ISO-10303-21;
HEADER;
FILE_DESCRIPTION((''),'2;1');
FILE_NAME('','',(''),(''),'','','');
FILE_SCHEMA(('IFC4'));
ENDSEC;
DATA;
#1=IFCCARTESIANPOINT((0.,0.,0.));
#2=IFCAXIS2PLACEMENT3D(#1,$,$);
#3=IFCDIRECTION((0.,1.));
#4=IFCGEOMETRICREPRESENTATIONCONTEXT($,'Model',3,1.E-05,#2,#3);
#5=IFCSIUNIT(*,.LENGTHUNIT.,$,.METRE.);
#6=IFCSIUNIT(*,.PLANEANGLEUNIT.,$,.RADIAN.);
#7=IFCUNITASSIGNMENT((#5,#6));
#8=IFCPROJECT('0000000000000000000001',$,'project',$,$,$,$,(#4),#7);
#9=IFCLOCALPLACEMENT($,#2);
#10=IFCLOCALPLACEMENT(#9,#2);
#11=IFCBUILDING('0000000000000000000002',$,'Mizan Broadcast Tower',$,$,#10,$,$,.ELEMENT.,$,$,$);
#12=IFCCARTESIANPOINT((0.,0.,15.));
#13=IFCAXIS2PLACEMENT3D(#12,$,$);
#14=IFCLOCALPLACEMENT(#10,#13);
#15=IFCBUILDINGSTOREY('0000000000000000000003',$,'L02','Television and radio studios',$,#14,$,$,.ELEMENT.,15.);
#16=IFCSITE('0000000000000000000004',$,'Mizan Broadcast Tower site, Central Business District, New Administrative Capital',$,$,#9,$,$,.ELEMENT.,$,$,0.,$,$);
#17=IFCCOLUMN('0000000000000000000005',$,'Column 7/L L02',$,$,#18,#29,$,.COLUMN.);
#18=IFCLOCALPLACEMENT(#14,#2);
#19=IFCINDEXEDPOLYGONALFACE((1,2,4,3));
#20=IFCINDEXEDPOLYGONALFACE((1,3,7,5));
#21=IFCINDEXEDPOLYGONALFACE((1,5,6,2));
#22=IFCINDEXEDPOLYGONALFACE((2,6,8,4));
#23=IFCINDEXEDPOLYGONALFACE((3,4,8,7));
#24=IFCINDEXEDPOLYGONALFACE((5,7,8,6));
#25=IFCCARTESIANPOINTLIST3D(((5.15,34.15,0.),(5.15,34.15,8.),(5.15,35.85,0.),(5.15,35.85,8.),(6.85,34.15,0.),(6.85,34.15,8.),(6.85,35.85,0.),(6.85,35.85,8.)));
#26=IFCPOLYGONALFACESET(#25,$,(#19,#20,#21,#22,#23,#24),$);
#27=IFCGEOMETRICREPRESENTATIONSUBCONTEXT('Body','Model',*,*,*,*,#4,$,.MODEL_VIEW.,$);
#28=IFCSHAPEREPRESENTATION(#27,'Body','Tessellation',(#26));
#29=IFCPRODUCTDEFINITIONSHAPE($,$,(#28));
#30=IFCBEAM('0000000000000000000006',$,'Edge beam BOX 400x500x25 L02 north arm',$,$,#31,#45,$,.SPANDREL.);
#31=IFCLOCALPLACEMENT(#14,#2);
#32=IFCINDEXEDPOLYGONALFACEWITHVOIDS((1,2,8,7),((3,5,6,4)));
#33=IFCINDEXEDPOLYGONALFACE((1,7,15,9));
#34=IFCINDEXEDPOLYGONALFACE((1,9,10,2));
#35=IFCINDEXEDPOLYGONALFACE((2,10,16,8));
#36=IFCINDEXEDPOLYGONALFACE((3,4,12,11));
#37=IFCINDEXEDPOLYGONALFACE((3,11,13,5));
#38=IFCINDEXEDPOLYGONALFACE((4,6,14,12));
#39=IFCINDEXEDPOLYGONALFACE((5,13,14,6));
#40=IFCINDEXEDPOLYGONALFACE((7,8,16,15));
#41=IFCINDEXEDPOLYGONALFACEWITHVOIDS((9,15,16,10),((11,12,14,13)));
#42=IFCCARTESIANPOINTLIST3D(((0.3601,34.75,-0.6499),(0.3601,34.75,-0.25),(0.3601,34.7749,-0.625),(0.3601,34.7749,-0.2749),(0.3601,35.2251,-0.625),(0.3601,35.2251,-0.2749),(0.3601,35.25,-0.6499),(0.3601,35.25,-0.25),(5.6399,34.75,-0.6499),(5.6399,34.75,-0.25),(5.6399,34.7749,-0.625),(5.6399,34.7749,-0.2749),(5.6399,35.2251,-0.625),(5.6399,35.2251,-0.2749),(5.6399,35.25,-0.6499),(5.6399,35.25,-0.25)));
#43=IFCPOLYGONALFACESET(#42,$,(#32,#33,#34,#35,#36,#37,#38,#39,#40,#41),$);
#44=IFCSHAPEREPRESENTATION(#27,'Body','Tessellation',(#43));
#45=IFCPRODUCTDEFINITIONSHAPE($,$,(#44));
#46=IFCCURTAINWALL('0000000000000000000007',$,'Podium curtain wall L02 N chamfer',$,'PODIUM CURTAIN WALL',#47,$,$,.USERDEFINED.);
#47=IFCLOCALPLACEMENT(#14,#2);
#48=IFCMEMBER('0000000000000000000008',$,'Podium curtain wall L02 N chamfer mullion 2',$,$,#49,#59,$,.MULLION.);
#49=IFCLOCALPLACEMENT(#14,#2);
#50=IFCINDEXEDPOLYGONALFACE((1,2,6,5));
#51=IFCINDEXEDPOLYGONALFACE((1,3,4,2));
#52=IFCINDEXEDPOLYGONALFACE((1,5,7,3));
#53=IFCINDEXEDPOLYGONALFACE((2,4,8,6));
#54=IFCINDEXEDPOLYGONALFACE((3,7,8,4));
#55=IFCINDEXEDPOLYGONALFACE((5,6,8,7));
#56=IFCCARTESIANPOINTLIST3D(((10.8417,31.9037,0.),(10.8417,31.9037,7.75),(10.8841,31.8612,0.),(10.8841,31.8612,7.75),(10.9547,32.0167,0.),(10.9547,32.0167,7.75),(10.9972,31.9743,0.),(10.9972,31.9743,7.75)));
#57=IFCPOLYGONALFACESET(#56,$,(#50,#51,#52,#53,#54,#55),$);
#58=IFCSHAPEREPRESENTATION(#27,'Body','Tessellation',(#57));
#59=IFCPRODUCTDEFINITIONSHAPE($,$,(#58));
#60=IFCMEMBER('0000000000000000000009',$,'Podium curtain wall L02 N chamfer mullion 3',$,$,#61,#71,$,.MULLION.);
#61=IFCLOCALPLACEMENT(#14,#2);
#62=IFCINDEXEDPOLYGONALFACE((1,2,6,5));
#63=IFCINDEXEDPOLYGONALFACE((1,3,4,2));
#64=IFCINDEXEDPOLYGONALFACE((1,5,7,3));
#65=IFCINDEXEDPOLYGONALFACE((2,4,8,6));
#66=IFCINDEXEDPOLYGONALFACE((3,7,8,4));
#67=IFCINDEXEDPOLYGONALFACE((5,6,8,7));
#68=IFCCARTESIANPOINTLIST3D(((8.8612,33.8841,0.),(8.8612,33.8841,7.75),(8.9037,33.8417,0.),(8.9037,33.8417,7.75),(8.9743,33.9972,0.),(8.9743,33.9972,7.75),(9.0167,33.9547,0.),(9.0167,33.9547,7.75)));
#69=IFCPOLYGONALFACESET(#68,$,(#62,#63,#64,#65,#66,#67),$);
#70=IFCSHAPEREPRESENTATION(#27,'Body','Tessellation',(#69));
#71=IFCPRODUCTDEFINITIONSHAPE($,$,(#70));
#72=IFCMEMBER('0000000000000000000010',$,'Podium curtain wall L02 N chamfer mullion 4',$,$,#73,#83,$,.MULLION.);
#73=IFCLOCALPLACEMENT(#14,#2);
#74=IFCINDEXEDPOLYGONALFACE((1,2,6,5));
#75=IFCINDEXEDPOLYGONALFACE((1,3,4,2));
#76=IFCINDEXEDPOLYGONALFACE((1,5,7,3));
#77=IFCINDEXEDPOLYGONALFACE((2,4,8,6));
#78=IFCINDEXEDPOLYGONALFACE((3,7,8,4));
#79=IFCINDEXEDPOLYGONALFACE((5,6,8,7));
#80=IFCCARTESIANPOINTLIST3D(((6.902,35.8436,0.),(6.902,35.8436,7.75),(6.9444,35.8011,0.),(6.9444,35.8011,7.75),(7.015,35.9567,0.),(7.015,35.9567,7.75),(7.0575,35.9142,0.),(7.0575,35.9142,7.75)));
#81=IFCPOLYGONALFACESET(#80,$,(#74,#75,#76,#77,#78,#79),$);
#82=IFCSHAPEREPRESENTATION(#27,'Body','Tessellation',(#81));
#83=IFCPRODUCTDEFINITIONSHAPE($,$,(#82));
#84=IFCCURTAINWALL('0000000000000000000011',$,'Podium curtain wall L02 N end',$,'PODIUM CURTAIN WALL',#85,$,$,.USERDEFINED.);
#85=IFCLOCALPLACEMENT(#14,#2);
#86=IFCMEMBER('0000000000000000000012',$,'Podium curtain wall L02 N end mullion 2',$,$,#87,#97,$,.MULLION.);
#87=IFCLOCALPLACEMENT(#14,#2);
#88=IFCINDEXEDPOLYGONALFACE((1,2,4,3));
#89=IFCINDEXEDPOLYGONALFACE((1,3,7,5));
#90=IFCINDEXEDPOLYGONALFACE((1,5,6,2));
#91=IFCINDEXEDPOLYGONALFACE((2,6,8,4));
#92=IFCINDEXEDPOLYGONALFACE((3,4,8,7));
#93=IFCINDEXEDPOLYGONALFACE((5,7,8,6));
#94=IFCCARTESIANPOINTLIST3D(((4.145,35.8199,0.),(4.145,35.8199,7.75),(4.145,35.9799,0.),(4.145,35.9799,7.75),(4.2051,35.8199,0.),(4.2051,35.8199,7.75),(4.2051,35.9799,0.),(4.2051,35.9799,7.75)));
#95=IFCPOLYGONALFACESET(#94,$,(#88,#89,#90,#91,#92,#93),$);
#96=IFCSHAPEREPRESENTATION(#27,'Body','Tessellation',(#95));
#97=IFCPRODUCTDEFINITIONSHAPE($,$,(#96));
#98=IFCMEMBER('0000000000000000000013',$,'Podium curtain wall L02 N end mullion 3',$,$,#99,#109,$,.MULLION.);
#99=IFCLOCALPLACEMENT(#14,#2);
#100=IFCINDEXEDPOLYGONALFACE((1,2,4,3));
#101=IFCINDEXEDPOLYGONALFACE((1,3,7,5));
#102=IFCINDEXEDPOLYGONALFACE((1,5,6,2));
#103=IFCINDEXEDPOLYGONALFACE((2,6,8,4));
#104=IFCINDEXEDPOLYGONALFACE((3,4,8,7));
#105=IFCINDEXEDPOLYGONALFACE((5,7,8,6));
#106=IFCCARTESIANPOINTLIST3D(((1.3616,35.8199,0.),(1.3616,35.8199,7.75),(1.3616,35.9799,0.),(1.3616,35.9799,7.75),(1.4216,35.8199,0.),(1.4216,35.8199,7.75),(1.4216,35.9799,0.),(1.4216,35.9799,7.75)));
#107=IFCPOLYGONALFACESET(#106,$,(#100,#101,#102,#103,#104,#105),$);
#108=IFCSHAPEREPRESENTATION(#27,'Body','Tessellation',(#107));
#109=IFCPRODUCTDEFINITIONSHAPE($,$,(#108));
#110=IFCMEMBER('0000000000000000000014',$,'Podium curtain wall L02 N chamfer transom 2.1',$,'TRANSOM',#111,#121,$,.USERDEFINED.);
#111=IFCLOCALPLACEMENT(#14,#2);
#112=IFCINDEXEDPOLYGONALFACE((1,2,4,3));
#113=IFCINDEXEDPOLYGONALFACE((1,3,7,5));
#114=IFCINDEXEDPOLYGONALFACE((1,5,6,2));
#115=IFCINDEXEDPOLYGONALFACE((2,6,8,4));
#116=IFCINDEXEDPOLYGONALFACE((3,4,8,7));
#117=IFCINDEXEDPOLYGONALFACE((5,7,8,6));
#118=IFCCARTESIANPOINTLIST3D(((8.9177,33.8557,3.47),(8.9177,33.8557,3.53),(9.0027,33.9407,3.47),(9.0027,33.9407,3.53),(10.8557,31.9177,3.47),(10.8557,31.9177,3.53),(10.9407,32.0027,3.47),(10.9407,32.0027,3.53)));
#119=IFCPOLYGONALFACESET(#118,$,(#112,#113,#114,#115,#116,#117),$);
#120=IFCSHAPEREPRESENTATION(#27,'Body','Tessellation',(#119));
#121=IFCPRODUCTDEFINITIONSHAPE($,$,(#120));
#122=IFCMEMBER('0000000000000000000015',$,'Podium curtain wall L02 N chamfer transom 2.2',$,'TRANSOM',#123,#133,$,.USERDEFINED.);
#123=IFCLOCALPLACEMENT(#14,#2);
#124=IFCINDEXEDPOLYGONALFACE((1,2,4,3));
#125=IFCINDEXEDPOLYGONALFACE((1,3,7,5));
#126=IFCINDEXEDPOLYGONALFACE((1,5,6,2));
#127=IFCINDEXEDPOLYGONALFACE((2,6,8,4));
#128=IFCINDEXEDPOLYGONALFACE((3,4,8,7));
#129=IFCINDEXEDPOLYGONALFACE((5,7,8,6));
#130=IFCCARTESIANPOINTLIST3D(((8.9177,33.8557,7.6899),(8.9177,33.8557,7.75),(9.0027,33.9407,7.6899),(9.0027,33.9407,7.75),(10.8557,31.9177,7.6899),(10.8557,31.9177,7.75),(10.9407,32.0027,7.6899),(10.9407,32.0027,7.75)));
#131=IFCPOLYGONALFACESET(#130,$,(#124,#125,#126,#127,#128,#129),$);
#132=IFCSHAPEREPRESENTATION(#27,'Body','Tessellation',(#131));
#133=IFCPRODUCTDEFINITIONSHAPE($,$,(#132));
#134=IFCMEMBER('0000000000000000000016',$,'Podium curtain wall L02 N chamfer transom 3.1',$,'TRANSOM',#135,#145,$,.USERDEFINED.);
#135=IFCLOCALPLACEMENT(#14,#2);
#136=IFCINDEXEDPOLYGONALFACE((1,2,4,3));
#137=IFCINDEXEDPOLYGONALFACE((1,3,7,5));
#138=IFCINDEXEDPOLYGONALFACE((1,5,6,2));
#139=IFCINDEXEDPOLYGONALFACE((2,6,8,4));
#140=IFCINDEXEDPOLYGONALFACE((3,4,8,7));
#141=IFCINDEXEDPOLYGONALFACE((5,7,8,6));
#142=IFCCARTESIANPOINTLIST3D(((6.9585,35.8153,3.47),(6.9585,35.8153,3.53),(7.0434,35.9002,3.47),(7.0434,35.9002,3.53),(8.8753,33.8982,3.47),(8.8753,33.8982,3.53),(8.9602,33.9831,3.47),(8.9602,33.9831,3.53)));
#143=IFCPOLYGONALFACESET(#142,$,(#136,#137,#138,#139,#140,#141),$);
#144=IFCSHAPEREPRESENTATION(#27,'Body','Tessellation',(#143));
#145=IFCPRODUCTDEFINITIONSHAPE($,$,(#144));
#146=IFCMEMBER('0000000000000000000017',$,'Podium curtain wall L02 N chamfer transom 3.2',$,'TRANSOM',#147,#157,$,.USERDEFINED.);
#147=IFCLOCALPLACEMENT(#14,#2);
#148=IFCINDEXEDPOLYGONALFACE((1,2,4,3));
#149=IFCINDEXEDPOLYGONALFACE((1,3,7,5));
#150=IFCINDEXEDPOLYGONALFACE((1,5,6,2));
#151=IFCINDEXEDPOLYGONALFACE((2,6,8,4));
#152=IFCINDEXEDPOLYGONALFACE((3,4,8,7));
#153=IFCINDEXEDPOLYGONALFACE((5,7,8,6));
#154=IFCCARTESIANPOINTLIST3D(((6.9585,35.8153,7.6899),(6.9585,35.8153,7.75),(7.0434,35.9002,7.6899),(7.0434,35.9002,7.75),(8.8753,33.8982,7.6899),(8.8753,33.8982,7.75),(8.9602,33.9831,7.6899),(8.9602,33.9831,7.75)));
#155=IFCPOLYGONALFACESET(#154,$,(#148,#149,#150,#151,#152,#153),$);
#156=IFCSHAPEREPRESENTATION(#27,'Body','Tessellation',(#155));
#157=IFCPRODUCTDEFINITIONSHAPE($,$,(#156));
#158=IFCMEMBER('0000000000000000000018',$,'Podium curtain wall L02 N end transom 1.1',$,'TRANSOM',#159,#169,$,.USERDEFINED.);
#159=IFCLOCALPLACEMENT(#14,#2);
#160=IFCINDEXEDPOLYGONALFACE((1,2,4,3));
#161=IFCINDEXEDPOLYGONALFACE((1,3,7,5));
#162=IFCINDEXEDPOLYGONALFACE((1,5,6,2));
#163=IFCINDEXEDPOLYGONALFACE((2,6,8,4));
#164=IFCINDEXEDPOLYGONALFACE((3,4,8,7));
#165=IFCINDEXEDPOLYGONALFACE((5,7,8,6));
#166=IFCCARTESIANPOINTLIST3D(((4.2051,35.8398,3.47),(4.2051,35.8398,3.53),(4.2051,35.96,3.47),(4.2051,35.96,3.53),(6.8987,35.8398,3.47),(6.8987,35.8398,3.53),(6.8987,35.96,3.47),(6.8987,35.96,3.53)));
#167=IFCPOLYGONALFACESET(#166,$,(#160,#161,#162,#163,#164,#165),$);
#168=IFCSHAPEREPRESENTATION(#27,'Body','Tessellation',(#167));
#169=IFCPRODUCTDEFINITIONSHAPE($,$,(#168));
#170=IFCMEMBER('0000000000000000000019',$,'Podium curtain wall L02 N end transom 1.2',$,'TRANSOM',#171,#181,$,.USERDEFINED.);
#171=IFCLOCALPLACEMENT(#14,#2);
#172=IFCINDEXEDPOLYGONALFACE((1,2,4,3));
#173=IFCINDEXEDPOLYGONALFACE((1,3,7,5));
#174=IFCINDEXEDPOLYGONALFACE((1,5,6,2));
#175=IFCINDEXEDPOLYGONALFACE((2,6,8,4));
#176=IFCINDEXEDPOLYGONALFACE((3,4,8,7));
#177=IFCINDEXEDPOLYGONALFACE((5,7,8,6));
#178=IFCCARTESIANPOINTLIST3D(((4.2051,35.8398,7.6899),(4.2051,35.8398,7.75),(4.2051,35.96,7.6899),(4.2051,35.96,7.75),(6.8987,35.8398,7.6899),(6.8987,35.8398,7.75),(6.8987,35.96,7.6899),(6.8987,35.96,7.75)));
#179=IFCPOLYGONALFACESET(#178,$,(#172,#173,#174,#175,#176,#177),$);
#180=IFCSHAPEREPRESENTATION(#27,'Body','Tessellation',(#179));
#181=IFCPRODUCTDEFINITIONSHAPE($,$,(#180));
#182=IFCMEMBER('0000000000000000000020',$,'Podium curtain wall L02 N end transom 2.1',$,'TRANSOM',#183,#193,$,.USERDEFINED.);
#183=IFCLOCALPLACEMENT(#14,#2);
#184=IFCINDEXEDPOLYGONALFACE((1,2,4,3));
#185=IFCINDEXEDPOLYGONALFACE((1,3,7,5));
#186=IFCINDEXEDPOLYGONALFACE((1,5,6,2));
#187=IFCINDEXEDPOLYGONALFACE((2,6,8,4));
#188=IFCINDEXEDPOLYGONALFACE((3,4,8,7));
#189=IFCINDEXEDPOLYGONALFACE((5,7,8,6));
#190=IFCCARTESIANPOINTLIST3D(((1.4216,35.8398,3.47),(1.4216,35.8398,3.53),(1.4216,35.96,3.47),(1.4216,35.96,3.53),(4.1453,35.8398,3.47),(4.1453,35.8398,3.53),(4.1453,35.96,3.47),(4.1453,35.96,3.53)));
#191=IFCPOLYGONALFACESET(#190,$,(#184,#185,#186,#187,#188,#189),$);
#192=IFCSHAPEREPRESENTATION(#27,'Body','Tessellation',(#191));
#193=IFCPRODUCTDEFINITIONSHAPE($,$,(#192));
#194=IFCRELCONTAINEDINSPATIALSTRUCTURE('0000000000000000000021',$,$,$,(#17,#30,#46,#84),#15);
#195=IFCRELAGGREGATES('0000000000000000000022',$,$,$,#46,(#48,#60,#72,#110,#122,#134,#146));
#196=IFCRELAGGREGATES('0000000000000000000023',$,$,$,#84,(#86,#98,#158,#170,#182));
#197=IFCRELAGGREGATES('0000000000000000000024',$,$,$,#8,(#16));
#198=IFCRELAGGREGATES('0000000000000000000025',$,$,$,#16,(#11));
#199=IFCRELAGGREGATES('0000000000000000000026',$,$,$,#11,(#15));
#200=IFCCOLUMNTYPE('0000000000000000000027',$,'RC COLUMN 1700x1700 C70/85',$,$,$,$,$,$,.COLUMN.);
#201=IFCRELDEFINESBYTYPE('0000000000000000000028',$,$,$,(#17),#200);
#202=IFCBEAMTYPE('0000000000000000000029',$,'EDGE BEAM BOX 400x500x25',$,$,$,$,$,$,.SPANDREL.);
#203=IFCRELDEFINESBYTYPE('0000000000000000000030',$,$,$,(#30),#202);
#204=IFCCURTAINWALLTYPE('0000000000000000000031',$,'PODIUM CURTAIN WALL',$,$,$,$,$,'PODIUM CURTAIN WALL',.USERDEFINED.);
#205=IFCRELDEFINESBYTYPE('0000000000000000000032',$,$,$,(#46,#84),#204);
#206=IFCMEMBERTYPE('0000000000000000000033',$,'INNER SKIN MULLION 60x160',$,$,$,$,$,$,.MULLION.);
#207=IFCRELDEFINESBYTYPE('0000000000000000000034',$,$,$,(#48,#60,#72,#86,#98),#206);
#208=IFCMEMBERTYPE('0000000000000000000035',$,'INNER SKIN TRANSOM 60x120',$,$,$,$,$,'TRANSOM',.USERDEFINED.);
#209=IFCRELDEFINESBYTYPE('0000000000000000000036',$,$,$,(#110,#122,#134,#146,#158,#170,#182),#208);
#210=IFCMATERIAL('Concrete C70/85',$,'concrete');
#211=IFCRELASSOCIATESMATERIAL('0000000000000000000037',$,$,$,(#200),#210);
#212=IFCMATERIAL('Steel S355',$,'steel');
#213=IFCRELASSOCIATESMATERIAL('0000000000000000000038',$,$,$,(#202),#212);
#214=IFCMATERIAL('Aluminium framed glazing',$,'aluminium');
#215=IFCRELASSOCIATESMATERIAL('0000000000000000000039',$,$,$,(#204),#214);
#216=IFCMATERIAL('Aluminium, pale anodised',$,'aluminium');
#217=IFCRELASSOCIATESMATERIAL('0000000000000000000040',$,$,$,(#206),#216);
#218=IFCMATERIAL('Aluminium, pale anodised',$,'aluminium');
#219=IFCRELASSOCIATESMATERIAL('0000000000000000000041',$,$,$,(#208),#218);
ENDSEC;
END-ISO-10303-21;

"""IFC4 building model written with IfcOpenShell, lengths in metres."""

from ifc_helpers import new_model, si_unit, direction, frame, origin, origin_2d, place, context, subcontext, project, spatial, rectangle, hollow_rectangle, extrude, material, material_profile, profile_set, type_object, element, aggregate, save


model = new_model("IFC4")

# Units and contexts
model_context = context("Model", 3, precision=1e-05, world=origin(), true_north=direction((0.0, 1.0)))
body_context = subcontext(model_context, "Body", "Model", "MODEL_VIEW")
ifc_project = project(units=[si_unit("LENGTHUNIT", "METRE"), si_unit("PLANEANGLEUNIT", "RADIAN")], contexts=[model_context])

# Site, building, storey
site_placement = place(None, origin())
site = spatial("IfcSite", under=ifc_project, at=site_placement, Name="Mizan Broadcast Tower site, Central Business District, New Administrative Capital", CompositionType="ELEMENT", RefElevation=0.0)
building_placement = place(site_placement, origin())
building = spatial("IfcBuilding", under=site, at=building_placement, Name="Mizan Broadcast Tower", CompositionType="ELEMENT")
storey_placement = place(building_placement, frame((0.0, 0.0, 15.0)))
storey = spatial("IfcBuildingStorey", under=building, at=storey_placement, Name="L02", Description="Television and radio studios", CompositionType="ELEMENT", Elevation=15.0)

# Column
ifc_material_1 = material(Name="Concrete C70/85", Category="concrete")
ifc_material_profile_1 = material_profile(ifc_material_1, rectangle(XDim=1.7, YDim=1.7, at=origin_2d()), Name="RC 1700x1700")
ifc_profile_set_1 = profile_set([ifc_material_profile_1], Name="Concrete C70/85")
column_type = type_object("IfcColumnType", Name="RC COLUMN 1700x1700 C70/85", PredefinedType="COLUMN", material=ifc_profile_set_1)
column_placement = place(storey_placement, frame((6.0, 35.0, 0.0), z_axis=(0.0, 0.0, 1.0), x_axis=(1.0, 0.0, 0.0)))
element("IfcColumn", 1, at=column_placement, inside=storey, type_object=column_type, Name="Column 7/L L02", PredefinedType="COLUMN", context=body_context, shape_type="SweptSolid", body=[
    extrude(rectangle(XDim=1.7, YDim=1.7, at=origin_2d()), origin(), (0.0, 0.0, 1.0), 8.0),
])

# Beam
ifc_material_2 = material(Name="Steel S355", Category="steel")
ifc_material_profile_2 = material_profile(ifc_material_2, hollow_rectangle(XDim=0.5, YDim=0.3999, WallThickness=0.0249, at=origin_2d()), Name="BOX 400x500x25")
ifc_profile_set_2 = profile_set([ifc_material_profile_2], Name="Steel S355")
beam_type = type_object("IfcBeamType", Name="EDGE BEAM BOX 400x500x25", PredefinedType="SPANDREL", material=ifc_profile_set_2)
beam_placement = place(storey_placement, frame((5.6399, 35.0, -0.45), z_axis=(-1.0, 0.0, 0.0), x_axis=(0.0, -1.0, 0.0)))
element("IfcBeam", 2, at=beam_placement, inside=storey, type_object=beam_type, Name="Edge beam BOX 400x500x25 L02 north arm", PredefinedType="SPANDREL", context=body_context, shape_type="SweptSolid", body=[
    extrude(hollow_rectangle(XDim=0.5, YDim=0.3999, WallThickness=0.0249, at=origin_2d()), origin(), (0.0, 0.0, 1.0), 5.2798),
])

# Curtain walls, members
ifc_material_3 = material(Name="Aluminium framed glazing", Category="aluminium")
curtain_wall_type_1 = type_object("IfcCurtainWallType", Name="PODIUM CURTAIN WALL", ElementType="PODIUM CURTAIN WALL", PredefinedType="USERDEFINED", material=ifc_material_3)
curtain_wall_1_placement = place(storey_placement, origin())
curtain_wall_1 = element("IfcCurtainWall", 3, at=curtain_wall_1_placement, inside=storey, type_object=curtain_wall_type_1, Name="Podium curtain wall L02 N chamfer", ObjectType="PODIUM CURTAIN WALL", PredefinedType="USERDEFINED")
ifc_material_4 = material(Name="Aluminium, pale anodised", Category="aluminium")
ifc_material_profile_3 = material_profile(ifc_material_4, rectangle(XDim=0.1599, YDim=0.0601, at=origin_2d()), Name="MULLION 160x60")
ifc_profile_set_3 = profile_set([ifc_material_profile_3], Name="Aluminium, pale anodised")
member_type_1 = type_object("IfcMemberType", Name="INNER SKIN MULLION 60x160", PredefinedType="MULLION", material=ifc_profile_set_3)
member_1_placement = place(storey_placement, frame((10.9194, 31.939, 0.0), z_axis=(0.0, 0.0, 1.0), x_axis=(-0.707107, -0.707107, 0.0)))
member_1 = element("IfcMember", 4, at=member_1_placement, type_object=member_type_1, Name="Podium curtain wall L02 N chamfer mullion 2", PredefinedType="MULLION", context=body_context, shape_type="SweptSolid", body=[
    extrude(rectangle(XDim=0.1599, YDim=0.0601, at=origin_2d()), origin(), (0.0, 0.0, 1.0), 7.75),
])
member_2_placement = place(storey_placement, frame((8.939, 33.9194, 0.0), z_axis=(0.0, 0.0, 1.0), x_axis=(-0.707107, -0.707107, 0.0)))
member_2 = element("IfcMember", 5, at=member_2_placement, type_object=member_type_1, Name="Podium curtain wall L02 N chamfer mullion 3", PredefinedType="MULLION", context=body_context, shape_type="SweptSolid", body=[
    extrude(rectangle(XDim=0.1599, YDim=0.0601, at=origin_2d()), origin(), (0.0, 0.0, 1.0), 7.75),
])
member_3_placement = place(storey_placement, frame((6.9797, 35.8789, 0.0), z_axis=(0.0, 0.0, 1.0), x_axis=(-0.707107, -0.707107, 0.0)))
member_3 = element("IfcMember", 6, at=member_3_placement, type_object=member_type_1, Name="Podium curtain wall L02 N chamfer mullion 4", PredefinedType="MULLION", context=body_context, shape_type="SweptSolid", body=[
    extrude(rectangle(XDim=0.1599, YDim=0.0601, at=origin_2d()), origin(), (0.0, 0.0, 1.0), 7.75),
])
curtain_wall_2_placement = place(storey_placement, origin())
curtain_wall_2 = element("IfcCurtainWall", 7, at=curtain_wall_2_placement, inside=storey, type_object=curtain_wall_type_1, Name="Podium curtain wall L02 N end", ObjectType="PODIUM CURTAIN WALL", PredefinedType="USERDEFINED")
member_4_placement = place(storey_placement, frame((4.175, 35.8999, 0.0), z_axis=(0.0, 0.0, 1.0), x_axis=(0.0, -1.0, 0.0)))
member_4 = element("IfcMember", 8, at=member_4_placement, type_object=member_type_1, Name="Podium curtain wall L02 N end mullion 2", PredefinedType="MULLION", context=body_context, shape_type="SweptSolid", body=[
    extrude(rectangle(XDim=0.1599, YDim=0.0601, at=origin_2d()), origin(), (0.0, 0.0, 1.0), 7.75),
])
member_5_placement = place(storey_placement, frame((1.3916, 35.8999, 0.0), z_axis=(0.0, 0.0, 1.0), x_axis=(0.0, -1.0, 0.0)))
member_5 = element("IfcMember", 9, at=member_5_placement, type_object=member_type_1, Name="Podium curtain wall L02 N end mullion 3", PredefinedType="MULLION", context=body_context, shape_type="SweptSolid", body=[
    extrude(rectangle(XDim=0.1599, YDim=0.0601, at=origin_2d()), origin(), (0.0, 0.0, 1.0), 7.75),
])

# Members
ifc_material_5 = material(Name="Aluminium, pale anodised", Category="aluminium")
ifc_material_profile_4 = material_profile(ifc_material_5, rectangle(XDim=0.1201, YDim=0.0601, at=origin_2d()), Name="TRANSOM 120x60")
ifc_profile_set_4 = profile_set([ifc_material_profile_4], Name="Aluminium, pale anodised")
member_type_2 = type_object("IfcMemberType", Name="INNER SKIN TRANSOM 60x120", ElementType="TRANSOM", PredefinedType="USERDEFINED", material=ifc_profile_set_4)
member_6_placement = place(storey_placement, frame((10.8982, 31.9602, 3.5), z_axis=(-0.707107, 0.707107, 0.0), x_axis=(-0.707107, -0.707107, 0.0)))
member_6 = element("IfcMember", 10, at=member_6_placement, type_object=member_type_2, Name="Podium curtain wall L02 N chamfer transom 2.1", ObjectType="TRANSOM", PredefinedType="USERDEFINED", context=body_context, shape_type="SweptSolid", body=[
    extrude(rectangle(XDim=0.1201, YDim=0.0601, at=origin_2d()), origin(), (0.0, 0.0, 1.0), 2.7407),
])
member_7_placement = place(storey_placement, frame((10.8982, 31.9602, 7.72), z_axis=(-0.707107, 0.707107, 0.0), x_axis=(-0.707107, -0.707107, 0.0)))
member_7 = element("IfcMember", 11, at=member_7_placement, type_object=member_type_2, Name="Podium curtain wall L02 N chamfer transom 2.2", ObjectType="TRANSOM", PredefinedType="USERDEFINED", context=body_context, shape_type="SweptSolid", body=[
    extrude(rectangle(XDim=0.1201, YDim=0.0601, at=origin_2d()), origin(), (0.0, 0.0, 1.0), 2.7407),
])
member_8_placement = place(storey_placement, frame((8.9177, 33.9407, 3.5), z_axis=(-0.707062, 0.707152, 0.0), x_axis=(-0.707152, -0.707062, 0.0)))
member_8 = element("IfcMember", 12, at=member_8_placement, type_object=member_type_2, Name="Podium curtain wall L02 N chamfer transom 3.1", ObjectType="TRANSOM", PredefinedType="USERDEFINED", context=body_context, shape_type="SweptSolid", body=[
    extrude(rectangle(XDim=0.1201, YDim=0.0601, at=origin_2d()), origin(), (0.0, 0.0, 1.0), 2.7109),
])
member_9_placement = place(storey_placement, frame((8.9177, 33.9407, 7.72), z_axis=(-0.707062, 0.707152, 0.0), x_axis=(-0.707152, -0.707062, 0.0)))
member_9 = element("IfcMember", 13, at=member_9_placement, type_object=member_type_2, Name="Podium curtain wall L02 N chamfer transom 3.2", ObjectType="TRANSOM", PredefinedType="USERDEFINED", context=body_context, shape_type="SweptSolid", body=[
    extrude(rectangle(XDim=0.1201, YDim=0.0601, at=origin_2d()), origin(), (0.0, 0.0, 1.0), 2.7109),
])
member_10_placement = place(storey_placement, frame((6.8987, 35.8999, 3.5), z_axis=(-1.0, 0.0, 0.0), x_axis=(0.0, -1.0, 0.0)))
member_10 = element("IfcMember", 14, at=member_10_placement, type_object=member_type_2, Name="Podium curtain wall L02 N end transom 1.1", ObjectType="TRANSOM", PredefinedType="USERDEFINED", context=body_context, shape_type="SweptSolid", body=[
    extrude(rectangle(XDim=0.1201, YDim=0.0601, at=origin_2d()), origin(), (0.0, 0.0, 1.0), 2.6936),
])
member_11_placement = place(storey_placement, frame((6.8987, 35.8999, 7.72), z_axis=(-1.0, 0.0, 0.0), x_axis=(0.0, -1.0, 0.0)))
member_11 = element("IfcMember", 15, at=member_11_placement, type_object=member_type_2, Name="Podium curtain wall L02 N end transom 1.2", ObjectType="TRANSOM", PredefinedType="USERDEFINED", context=body_context, shape_type="SweptSolid", body=[
    extrude(rectangle(XDim=0.1201, YDim=0.0601, at=origin_2d()), origin(), (0.0, 0.0, 1.0), 2.6936),
])
member_12_placement = place(storey_placement, frame((4.1453, 35.8999, 3.5), z_axis=(-1.0, 0.0, 0.0), x_axis=(0.0, -1.0, 0.0)))
member_12 = element("IfcMember", 16, at=member_12_placement, type_object=member_type_2, Name="Podium curtain wall L02 N end transom 2.1", ObjectType="TRANSOM", PredefinedType="USERDEFINED", context=body_context, shape_type="SweptSolid", body=[
    extrude(rectangle(XDim=0.1201, YDim=0.0601, at=origin_2d()), origin(), (0.0, 0.0, 1.0), 2.7236),
])

aggregate(curtain_wall_1, [member_1, member_2, member_3, member_6, member_7, member_8, member_9])
aggregate(curtain_wall_2, [member_4, member_5, member_10, member_11, member_12])

save(model, "model.ifc")
